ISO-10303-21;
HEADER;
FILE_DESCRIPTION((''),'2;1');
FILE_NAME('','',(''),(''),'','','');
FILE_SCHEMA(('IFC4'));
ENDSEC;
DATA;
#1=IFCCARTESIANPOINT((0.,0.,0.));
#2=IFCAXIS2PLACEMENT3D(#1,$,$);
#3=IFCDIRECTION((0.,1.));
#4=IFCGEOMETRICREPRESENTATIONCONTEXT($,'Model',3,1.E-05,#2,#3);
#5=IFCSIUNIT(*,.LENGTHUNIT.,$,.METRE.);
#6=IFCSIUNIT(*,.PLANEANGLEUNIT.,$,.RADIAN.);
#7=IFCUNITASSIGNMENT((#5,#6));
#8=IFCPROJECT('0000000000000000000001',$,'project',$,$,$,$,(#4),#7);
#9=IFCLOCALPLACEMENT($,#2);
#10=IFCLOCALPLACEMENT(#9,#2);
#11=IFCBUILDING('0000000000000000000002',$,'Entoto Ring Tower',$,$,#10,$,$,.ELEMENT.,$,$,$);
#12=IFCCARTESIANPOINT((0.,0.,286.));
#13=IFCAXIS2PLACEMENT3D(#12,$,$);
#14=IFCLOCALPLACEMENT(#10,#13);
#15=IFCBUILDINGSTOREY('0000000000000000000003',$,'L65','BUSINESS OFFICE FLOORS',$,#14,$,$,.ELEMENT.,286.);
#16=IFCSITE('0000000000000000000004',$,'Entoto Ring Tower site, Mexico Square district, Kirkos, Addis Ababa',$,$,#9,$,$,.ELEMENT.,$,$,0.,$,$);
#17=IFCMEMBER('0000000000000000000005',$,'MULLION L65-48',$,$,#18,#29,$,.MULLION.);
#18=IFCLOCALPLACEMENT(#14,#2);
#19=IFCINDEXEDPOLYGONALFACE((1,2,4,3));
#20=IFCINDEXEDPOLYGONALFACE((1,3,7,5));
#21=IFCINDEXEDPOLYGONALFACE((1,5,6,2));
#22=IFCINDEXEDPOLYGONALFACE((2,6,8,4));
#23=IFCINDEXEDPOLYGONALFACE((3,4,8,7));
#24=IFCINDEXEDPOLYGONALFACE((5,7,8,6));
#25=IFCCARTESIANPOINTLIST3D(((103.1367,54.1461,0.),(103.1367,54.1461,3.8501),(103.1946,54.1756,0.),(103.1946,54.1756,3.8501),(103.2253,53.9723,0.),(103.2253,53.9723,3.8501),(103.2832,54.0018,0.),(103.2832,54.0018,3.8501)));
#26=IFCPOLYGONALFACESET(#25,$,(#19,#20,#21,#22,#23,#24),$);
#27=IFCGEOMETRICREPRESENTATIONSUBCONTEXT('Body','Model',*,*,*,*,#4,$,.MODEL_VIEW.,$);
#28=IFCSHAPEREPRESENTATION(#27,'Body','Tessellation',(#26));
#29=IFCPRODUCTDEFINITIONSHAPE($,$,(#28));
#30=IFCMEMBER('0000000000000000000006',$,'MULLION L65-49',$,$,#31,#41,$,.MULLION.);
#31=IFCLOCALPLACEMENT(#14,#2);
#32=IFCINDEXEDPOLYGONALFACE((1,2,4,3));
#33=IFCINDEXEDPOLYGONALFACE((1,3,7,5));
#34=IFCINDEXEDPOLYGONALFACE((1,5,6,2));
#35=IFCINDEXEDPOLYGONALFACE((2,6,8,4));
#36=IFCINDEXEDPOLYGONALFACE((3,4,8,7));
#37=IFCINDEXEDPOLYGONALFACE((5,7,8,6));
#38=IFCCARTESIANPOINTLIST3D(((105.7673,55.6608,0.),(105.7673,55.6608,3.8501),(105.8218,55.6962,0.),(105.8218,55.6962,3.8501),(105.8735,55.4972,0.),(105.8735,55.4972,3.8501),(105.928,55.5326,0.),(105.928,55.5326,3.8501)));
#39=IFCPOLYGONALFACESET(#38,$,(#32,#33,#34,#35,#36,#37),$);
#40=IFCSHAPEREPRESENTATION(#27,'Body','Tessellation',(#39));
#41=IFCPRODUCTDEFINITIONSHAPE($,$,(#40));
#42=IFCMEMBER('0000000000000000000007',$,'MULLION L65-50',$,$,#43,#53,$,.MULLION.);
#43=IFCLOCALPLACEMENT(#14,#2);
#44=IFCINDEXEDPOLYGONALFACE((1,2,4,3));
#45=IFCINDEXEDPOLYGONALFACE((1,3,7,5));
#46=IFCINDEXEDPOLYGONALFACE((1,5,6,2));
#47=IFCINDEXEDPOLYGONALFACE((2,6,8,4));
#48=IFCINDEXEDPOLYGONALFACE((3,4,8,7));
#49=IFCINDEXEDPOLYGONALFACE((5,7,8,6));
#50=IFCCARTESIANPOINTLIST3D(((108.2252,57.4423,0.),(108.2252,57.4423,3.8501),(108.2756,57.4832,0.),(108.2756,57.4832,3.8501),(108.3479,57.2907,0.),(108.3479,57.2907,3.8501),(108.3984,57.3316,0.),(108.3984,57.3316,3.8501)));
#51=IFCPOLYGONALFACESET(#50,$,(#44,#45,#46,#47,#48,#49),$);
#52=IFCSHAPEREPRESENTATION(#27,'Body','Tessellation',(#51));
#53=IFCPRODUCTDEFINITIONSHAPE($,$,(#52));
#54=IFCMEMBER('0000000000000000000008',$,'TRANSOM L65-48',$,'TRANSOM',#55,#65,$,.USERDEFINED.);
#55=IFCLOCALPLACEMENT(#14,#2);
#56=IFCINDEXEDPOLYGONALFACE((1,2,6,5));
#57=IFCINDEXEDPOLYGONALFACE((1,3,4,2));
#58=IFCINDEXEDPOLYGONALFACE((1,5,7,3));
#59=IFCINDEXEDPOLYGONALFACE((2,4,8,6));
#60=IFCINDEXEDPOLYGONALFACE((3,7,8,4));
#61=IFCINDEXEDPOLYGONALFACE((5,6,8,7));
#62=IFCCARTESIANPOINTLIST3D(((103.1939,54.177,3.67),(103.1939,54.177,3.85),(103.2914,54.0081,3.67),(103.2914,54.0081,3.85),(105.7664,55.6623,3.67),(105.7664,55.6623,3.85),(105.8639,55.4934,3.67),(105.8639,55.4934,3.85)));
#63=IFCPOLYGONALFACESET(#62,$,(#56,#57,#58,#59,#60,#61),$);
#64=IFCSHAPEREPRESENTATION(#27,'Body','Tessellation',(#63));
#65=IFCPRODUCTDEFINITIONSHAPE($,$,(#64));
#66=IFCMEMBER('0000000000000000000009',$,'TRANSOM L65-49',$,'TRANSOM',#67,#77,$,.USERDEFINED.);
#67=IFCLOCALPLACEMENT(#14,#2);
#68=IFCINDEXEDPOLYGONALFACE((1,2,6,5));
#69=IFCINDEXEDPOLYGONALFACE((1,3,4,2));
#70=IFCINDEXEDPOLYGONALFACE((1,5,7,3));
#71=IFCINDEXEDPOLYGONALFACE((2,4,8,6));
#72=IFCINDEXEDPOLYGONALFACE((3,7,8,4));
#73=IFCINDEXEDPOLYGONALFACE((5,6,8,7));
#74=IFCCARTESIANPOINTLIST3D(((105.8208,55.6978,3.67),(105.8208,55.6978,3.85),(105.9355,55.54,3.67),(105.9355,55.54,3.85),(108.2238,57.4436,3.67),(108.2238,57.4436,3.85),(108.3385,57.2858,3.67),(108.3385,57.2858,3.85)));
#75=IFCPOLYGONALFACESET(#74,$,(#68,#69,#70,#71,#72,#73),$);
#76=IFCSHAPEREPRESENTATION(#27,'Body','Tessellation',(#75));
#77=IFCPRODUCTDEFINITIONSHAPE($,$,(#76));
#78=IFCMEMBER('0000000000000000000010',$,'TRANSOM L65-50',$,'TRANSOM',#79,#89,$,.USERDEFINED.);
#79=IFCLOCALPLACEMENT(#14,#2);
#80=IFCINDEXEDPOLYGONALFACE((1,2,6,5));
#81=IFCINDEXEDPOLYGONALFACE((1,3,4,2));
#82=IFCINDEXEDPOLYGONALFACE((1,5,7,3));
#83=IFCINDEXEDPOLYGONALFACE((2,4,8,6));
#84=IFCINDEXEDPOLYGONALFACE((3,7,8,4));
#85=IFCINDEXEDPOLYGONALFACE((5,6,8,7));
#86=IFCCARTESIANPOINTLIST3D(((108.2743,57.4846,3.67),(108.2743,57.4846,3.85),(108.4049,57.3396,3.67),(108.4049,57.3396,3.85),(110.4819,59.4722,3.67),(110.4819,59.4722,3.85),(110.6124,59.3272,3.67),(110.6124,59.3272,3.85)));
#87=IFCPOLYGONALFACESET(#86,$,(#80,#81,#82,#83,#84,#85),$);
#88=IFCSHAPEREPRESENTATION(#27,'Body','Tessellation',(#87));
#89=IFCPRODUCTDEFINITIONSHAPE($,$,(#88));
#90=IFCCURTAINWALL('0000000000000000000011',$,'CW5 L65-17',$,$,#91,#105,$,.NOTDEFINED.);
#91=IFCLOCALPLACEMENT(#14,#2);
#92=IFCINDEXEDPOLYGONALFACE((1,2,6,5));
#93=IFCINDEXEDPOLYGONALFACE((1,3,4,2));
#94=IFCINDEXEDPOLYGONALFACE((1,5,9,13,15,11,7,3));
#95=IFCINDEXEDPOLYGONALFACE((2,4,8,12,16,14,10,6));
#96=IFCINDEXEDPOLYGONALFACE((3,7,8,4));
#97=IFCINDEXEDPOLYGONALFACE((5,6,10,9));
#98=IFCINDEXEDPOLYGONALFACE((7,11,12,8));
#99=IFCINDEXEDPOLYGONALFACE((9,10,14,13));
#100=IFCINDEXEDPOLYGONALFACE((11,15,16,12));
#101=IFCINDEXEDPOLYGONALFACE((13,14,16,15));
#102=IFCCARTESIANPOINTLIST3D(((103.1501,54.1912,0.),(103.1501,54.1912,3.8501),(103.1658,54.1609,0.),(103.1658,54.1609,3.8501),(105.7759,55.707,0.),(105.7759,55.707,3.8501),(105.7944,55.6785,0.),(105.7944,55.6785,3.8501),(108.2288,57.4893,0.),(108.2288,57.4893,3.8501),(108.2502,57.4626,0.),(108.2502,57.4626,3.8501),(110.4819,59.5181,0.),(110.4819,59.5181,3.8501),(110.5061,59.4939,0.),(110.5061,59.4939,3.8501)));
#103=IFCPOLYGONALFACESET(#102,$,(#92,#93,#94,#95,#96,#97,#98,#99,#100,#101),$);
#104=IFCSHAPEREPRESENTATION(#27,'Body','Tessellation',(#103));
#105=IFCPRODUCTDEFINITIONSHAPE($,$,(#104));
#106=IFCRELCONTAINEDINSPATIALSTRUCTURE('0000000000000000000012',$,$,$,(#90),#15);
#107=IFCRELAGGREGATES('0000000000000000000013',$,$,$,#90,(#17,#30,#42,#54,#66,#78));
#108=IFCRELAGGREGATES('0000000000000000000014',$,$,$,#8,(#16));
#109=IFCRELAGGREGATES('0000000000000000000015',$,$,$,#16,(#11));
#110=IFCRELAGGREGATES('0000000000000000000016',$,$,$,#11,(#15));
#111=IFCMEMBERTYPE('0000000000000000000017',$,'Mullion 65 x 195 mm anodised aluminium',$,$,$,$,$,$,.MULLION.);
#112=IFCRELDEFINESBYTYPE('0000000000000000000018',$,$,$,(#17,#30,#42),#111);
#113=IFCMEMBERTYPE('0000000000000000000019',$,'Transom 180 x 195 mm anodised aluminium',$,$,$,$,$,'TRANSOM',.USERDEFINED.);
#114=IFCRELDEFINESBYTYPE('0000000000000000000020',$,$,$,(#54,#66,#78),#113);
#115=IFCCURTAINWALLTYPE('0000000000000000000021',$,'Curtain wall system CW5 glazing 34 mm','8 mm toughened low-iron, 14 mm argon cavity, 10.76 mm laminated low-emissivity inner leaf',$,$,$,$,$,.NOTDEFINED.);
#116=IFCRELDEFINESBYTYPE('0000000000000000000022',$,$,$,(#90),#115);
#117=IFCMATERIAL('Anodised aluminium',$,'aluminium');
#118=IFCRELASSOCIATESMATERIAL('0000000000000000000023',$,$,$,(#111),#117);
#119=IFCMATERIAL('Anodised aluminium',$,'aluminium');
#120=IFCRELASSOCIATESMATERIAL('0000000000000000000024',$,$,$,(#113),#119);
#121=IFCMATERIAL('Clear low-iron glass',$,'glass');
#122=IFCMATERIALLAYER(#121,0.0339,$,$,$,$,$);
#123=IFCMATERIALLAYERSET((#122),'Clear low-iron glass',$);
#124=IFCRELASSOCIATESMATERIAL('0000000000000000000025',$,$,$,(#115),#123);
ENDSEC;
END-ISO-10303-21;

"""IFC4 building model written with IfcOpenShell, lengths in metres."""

from ifc_helpers import new_model, si_unit, direction, frame, origin, origin_2d, place, context, subcontext, project, spatial, polyline, rectangle, outline, extrude, material, layer, layer_set, material_profile, profile_set, type_object, element, aggregate, save


model = new_model("IFC4")

# Units and contexts
model_context = context("Model", 3, precision=1e-05, world=origin(), true_north=direction((0.0, 1.0)))
body_context = subcontext(model_context, "Body", "Model", "MODEL_VIEW")
ifc_project = project(units=[si_unit("LENGTHUNIT", "METRE"), si_unit("PLANEANGLEUNIT", "RADIAN")], contexts=[model_context])

# Members
ifc_material_1 = material(Name="Anodised aluminium", Category="aluminium")
ifc_material_profile_1 = material_profile(ifc_material_1, rectangle(XDim=0.0649, YDim=0.1951, at=origin_2d()), Name="Mullion 65 x 195 mm anodised aluminium")
ifc_profile_set_1 = profile_set([ifc_material_profile_1], Name="Anodised aluminium")
member_type_1 = type_object("IfcMemberType", Name="Mullion 65 x 195 mm anodised aluminium", PredefinedType="MULLION", material=ifc_profile_set_1)
site_placement = place(None, origin())
building_placement = place(site_placement, origin())
storey_placement = place(building_placement, frame((0.0, 0.0, 286.0)))
member_1_placement = place(storey_placement, frame((103.21, 54.074, 0.0), z_axis=(0.0, 0.0, 1.0), x_axis=(0.891007, 0.45399, 0.0)))
member_1 = element("IfcMember", 1, at=member_1_placement, type_object=member_type_1, Name="MULLION L65-48", PredefinedType="MULLION", context=body_context, shape_type="SweptSolid", body=[
    extrude(rectangle(XDim=0.0649, YDim=0.1951, at=origin_2d()), origin(), (0.0, 0.0, 1.0), 3.8501),
])
member_2_placement = place(storey_placement, frame((105.8477, 55.5967, 0.0), z_axis=(0.0, 0.0, 1.0), x_axis=(0.838671, 0.544639, 0.0)))
member_2 = element("IfcMember", 2, at=member_2_placement, type_object=member_type_1, Name="MULLION L65-49", PredefinedType="MULLION", context=body_context, shape_type="SweptSolid", body=[
    extrude(rectangle(XDim=0.0649, YDim=0.1951, at=origin_2d()), origin(), (0.0, 0.0, 1.0), 3.8501),
])
member_3_placement = place(storey_placement, frame((108.3118, 57.387, 0.0), z_axis=(0.0, 0.0, 1.0), x_axis=(0.777146, 0.62932, 0.0)))
member_3 = element("IfcMember", 3, at=member_3_placement, type_object=member_type_1, Name="MULLION L65-50", PredefinedType="MULLION", context=body_context, shape_type="SweptSolid", body=[
    extrude(rectangle(XDim=0.0649, YDim=0.1951, at=origin_2d()), origin(), (0.0, 0.0, 1.0), 3.8501),
])
ifc_material_2 = material(Name="Anodised aluminium", Category="aluminium")
ifc_material_profile_2 = material_profile(ifc_material_2, rectangle(XDim=0.1951, YDim=0.1799, at=origin_2d()), Name="Transom 180 x 195 mm anodised aluminium")
ifc_profile_set_2 = profile_set([ifc_material_profile_2], Name="Anodised aluminium")
member_type_2 = type_object("IfcMemberType", Name="Transom 180 x 195 mm anodised aluminium", ElementType="TRANSOM", PredefinedType="USERDEFINED", material=ifc_profile_set_2)
member_4_placement = place(storey_placement, frame((103.2427, 54.0925, 3.76), z_axis=(0.866009, 0.500028, 0.0), x_axis=(-0.500028, 0.866009, 0.0)))
member_4 = element("IfcMember", 4, at=member_4_placement, type_object=member_type_2, Name="TRANSOM L65-48", ObjectType="TRANSOM", PredefinedType="USERDEFINED", context=body_context, shape_type="SweptSolid", body=[
    extrude(rectangle(XDim=0.1951, YDim=0.1799, at=origin_2d()), origin(), (0.0, 0.0, 1.0), 2.9705),
])
member_5_placement = place(storey_placement, frame((105.8782, 55.6189, 3.76), z_axis=(0.809031, 0.587766, 0.0), x_axis=(-0.587766, 0.809031, 0.0)))
member_5 = element("IfcMember", 5, at=member_5_placement, type_object=member_type_2, Name="TRANSOM L65-49", ObjectType="TRANSOM", PredefinedType="USERDEFINED", context=body_context, shape_type="SweptSolid", body=[
    extrude(rectangle(XDim=0.1951, YDim=0.1799, at=origin_2d()), origin(), (0.0, 0.0, 1.0), 2.9702),
])
member_6_placement = place(storey_placement, frame((108.3396, 57.4121, 3.76), z_axis=(0.743163, 0.66911, 0.0), x_axis=(-0.66911, 0.743163, 0.0)))
member_6 = element("IfcMember", 6, at=member_6_placement, type_object=member_type_2, Name="TRANSOM L65-50", ObjectType="TRANSOM", PredefinedType="USERDEFINED", context=body_context, shape_type="SweptSolid", body=[
    extrude(rectangle(XDim=0.1951, YDim=0.1799, at=origin_2d()), origin(), (0.0, 0.0, 1.0), 2.9705),
])

# Site, building, storey
site = spatial("IfcSite", under=ifc_project, at=site_placement, Name="Entoto Ring Tower site, Mexico Square district, Kirkos, Addis Ababa", CompositionType="ELEMENT", RefElevation=0.0)
building = spatial("IfcBuilding", under=site, at=building_placement, Name="Entoto Ring Tower", CompositionType="ELEMENT")
storey = spatial("IfcBuildingStorey", under=building, at=storey_placement, Name="L65", Description="BUSINESS OFFICE FLOORS", CompositionType="ELEMENT", Elevation=286.0)

# Curtain wall
ifc_material_3 = material(Name="Clear low-iron glass", Category="glass")
ifc_layer_1 = layer(ifc_material_3, 0.0339)
ifc_layer_set_1 = layer_set([ifc_layer_1], Name="Clear low-iron glass")
curtain_wall_type = type_object("IfcCurtainWallType", Name="Curtain wall system CW5 glazing 34 mm", Description="8 mm toughened low-iron, 14 mm argon cavity, 10.76 mm laminated low-emissivity inner leaf", PredefinedType="NOTDEFINED", material=ifc_layer_set_1)
curtain_wall_1_placement = place(storey_placement, origin())
curtain_wall_1 = element("IfcCurtainWall", 7, at=curtain_wall_1_placement, inside=storey, type_object=curtain_wall_type, Name="CW5 L65-17", PredefinedType="NOTDEFINED", context=body_context, shape_type="SweptSolid", body=[
    extrude(outline(polyline([(103.1658, 54.1609), (105.7944, 55.6785), (108.2502, 57.4626), (110.5061, 59.4939), (110.4819, 59.5181), (108.2288, 57.4893), (105.7759, 55.707), (103.1501, 54.1912), (103.1658, 54.1609)])), origin(), (0.0, 0.0, 1.0), 3.8501),
])
aggregate(curtain_wall_1, [member_1, member_2, member_3, member_4, member_5, member_6])

save(model, "model.ifc")
